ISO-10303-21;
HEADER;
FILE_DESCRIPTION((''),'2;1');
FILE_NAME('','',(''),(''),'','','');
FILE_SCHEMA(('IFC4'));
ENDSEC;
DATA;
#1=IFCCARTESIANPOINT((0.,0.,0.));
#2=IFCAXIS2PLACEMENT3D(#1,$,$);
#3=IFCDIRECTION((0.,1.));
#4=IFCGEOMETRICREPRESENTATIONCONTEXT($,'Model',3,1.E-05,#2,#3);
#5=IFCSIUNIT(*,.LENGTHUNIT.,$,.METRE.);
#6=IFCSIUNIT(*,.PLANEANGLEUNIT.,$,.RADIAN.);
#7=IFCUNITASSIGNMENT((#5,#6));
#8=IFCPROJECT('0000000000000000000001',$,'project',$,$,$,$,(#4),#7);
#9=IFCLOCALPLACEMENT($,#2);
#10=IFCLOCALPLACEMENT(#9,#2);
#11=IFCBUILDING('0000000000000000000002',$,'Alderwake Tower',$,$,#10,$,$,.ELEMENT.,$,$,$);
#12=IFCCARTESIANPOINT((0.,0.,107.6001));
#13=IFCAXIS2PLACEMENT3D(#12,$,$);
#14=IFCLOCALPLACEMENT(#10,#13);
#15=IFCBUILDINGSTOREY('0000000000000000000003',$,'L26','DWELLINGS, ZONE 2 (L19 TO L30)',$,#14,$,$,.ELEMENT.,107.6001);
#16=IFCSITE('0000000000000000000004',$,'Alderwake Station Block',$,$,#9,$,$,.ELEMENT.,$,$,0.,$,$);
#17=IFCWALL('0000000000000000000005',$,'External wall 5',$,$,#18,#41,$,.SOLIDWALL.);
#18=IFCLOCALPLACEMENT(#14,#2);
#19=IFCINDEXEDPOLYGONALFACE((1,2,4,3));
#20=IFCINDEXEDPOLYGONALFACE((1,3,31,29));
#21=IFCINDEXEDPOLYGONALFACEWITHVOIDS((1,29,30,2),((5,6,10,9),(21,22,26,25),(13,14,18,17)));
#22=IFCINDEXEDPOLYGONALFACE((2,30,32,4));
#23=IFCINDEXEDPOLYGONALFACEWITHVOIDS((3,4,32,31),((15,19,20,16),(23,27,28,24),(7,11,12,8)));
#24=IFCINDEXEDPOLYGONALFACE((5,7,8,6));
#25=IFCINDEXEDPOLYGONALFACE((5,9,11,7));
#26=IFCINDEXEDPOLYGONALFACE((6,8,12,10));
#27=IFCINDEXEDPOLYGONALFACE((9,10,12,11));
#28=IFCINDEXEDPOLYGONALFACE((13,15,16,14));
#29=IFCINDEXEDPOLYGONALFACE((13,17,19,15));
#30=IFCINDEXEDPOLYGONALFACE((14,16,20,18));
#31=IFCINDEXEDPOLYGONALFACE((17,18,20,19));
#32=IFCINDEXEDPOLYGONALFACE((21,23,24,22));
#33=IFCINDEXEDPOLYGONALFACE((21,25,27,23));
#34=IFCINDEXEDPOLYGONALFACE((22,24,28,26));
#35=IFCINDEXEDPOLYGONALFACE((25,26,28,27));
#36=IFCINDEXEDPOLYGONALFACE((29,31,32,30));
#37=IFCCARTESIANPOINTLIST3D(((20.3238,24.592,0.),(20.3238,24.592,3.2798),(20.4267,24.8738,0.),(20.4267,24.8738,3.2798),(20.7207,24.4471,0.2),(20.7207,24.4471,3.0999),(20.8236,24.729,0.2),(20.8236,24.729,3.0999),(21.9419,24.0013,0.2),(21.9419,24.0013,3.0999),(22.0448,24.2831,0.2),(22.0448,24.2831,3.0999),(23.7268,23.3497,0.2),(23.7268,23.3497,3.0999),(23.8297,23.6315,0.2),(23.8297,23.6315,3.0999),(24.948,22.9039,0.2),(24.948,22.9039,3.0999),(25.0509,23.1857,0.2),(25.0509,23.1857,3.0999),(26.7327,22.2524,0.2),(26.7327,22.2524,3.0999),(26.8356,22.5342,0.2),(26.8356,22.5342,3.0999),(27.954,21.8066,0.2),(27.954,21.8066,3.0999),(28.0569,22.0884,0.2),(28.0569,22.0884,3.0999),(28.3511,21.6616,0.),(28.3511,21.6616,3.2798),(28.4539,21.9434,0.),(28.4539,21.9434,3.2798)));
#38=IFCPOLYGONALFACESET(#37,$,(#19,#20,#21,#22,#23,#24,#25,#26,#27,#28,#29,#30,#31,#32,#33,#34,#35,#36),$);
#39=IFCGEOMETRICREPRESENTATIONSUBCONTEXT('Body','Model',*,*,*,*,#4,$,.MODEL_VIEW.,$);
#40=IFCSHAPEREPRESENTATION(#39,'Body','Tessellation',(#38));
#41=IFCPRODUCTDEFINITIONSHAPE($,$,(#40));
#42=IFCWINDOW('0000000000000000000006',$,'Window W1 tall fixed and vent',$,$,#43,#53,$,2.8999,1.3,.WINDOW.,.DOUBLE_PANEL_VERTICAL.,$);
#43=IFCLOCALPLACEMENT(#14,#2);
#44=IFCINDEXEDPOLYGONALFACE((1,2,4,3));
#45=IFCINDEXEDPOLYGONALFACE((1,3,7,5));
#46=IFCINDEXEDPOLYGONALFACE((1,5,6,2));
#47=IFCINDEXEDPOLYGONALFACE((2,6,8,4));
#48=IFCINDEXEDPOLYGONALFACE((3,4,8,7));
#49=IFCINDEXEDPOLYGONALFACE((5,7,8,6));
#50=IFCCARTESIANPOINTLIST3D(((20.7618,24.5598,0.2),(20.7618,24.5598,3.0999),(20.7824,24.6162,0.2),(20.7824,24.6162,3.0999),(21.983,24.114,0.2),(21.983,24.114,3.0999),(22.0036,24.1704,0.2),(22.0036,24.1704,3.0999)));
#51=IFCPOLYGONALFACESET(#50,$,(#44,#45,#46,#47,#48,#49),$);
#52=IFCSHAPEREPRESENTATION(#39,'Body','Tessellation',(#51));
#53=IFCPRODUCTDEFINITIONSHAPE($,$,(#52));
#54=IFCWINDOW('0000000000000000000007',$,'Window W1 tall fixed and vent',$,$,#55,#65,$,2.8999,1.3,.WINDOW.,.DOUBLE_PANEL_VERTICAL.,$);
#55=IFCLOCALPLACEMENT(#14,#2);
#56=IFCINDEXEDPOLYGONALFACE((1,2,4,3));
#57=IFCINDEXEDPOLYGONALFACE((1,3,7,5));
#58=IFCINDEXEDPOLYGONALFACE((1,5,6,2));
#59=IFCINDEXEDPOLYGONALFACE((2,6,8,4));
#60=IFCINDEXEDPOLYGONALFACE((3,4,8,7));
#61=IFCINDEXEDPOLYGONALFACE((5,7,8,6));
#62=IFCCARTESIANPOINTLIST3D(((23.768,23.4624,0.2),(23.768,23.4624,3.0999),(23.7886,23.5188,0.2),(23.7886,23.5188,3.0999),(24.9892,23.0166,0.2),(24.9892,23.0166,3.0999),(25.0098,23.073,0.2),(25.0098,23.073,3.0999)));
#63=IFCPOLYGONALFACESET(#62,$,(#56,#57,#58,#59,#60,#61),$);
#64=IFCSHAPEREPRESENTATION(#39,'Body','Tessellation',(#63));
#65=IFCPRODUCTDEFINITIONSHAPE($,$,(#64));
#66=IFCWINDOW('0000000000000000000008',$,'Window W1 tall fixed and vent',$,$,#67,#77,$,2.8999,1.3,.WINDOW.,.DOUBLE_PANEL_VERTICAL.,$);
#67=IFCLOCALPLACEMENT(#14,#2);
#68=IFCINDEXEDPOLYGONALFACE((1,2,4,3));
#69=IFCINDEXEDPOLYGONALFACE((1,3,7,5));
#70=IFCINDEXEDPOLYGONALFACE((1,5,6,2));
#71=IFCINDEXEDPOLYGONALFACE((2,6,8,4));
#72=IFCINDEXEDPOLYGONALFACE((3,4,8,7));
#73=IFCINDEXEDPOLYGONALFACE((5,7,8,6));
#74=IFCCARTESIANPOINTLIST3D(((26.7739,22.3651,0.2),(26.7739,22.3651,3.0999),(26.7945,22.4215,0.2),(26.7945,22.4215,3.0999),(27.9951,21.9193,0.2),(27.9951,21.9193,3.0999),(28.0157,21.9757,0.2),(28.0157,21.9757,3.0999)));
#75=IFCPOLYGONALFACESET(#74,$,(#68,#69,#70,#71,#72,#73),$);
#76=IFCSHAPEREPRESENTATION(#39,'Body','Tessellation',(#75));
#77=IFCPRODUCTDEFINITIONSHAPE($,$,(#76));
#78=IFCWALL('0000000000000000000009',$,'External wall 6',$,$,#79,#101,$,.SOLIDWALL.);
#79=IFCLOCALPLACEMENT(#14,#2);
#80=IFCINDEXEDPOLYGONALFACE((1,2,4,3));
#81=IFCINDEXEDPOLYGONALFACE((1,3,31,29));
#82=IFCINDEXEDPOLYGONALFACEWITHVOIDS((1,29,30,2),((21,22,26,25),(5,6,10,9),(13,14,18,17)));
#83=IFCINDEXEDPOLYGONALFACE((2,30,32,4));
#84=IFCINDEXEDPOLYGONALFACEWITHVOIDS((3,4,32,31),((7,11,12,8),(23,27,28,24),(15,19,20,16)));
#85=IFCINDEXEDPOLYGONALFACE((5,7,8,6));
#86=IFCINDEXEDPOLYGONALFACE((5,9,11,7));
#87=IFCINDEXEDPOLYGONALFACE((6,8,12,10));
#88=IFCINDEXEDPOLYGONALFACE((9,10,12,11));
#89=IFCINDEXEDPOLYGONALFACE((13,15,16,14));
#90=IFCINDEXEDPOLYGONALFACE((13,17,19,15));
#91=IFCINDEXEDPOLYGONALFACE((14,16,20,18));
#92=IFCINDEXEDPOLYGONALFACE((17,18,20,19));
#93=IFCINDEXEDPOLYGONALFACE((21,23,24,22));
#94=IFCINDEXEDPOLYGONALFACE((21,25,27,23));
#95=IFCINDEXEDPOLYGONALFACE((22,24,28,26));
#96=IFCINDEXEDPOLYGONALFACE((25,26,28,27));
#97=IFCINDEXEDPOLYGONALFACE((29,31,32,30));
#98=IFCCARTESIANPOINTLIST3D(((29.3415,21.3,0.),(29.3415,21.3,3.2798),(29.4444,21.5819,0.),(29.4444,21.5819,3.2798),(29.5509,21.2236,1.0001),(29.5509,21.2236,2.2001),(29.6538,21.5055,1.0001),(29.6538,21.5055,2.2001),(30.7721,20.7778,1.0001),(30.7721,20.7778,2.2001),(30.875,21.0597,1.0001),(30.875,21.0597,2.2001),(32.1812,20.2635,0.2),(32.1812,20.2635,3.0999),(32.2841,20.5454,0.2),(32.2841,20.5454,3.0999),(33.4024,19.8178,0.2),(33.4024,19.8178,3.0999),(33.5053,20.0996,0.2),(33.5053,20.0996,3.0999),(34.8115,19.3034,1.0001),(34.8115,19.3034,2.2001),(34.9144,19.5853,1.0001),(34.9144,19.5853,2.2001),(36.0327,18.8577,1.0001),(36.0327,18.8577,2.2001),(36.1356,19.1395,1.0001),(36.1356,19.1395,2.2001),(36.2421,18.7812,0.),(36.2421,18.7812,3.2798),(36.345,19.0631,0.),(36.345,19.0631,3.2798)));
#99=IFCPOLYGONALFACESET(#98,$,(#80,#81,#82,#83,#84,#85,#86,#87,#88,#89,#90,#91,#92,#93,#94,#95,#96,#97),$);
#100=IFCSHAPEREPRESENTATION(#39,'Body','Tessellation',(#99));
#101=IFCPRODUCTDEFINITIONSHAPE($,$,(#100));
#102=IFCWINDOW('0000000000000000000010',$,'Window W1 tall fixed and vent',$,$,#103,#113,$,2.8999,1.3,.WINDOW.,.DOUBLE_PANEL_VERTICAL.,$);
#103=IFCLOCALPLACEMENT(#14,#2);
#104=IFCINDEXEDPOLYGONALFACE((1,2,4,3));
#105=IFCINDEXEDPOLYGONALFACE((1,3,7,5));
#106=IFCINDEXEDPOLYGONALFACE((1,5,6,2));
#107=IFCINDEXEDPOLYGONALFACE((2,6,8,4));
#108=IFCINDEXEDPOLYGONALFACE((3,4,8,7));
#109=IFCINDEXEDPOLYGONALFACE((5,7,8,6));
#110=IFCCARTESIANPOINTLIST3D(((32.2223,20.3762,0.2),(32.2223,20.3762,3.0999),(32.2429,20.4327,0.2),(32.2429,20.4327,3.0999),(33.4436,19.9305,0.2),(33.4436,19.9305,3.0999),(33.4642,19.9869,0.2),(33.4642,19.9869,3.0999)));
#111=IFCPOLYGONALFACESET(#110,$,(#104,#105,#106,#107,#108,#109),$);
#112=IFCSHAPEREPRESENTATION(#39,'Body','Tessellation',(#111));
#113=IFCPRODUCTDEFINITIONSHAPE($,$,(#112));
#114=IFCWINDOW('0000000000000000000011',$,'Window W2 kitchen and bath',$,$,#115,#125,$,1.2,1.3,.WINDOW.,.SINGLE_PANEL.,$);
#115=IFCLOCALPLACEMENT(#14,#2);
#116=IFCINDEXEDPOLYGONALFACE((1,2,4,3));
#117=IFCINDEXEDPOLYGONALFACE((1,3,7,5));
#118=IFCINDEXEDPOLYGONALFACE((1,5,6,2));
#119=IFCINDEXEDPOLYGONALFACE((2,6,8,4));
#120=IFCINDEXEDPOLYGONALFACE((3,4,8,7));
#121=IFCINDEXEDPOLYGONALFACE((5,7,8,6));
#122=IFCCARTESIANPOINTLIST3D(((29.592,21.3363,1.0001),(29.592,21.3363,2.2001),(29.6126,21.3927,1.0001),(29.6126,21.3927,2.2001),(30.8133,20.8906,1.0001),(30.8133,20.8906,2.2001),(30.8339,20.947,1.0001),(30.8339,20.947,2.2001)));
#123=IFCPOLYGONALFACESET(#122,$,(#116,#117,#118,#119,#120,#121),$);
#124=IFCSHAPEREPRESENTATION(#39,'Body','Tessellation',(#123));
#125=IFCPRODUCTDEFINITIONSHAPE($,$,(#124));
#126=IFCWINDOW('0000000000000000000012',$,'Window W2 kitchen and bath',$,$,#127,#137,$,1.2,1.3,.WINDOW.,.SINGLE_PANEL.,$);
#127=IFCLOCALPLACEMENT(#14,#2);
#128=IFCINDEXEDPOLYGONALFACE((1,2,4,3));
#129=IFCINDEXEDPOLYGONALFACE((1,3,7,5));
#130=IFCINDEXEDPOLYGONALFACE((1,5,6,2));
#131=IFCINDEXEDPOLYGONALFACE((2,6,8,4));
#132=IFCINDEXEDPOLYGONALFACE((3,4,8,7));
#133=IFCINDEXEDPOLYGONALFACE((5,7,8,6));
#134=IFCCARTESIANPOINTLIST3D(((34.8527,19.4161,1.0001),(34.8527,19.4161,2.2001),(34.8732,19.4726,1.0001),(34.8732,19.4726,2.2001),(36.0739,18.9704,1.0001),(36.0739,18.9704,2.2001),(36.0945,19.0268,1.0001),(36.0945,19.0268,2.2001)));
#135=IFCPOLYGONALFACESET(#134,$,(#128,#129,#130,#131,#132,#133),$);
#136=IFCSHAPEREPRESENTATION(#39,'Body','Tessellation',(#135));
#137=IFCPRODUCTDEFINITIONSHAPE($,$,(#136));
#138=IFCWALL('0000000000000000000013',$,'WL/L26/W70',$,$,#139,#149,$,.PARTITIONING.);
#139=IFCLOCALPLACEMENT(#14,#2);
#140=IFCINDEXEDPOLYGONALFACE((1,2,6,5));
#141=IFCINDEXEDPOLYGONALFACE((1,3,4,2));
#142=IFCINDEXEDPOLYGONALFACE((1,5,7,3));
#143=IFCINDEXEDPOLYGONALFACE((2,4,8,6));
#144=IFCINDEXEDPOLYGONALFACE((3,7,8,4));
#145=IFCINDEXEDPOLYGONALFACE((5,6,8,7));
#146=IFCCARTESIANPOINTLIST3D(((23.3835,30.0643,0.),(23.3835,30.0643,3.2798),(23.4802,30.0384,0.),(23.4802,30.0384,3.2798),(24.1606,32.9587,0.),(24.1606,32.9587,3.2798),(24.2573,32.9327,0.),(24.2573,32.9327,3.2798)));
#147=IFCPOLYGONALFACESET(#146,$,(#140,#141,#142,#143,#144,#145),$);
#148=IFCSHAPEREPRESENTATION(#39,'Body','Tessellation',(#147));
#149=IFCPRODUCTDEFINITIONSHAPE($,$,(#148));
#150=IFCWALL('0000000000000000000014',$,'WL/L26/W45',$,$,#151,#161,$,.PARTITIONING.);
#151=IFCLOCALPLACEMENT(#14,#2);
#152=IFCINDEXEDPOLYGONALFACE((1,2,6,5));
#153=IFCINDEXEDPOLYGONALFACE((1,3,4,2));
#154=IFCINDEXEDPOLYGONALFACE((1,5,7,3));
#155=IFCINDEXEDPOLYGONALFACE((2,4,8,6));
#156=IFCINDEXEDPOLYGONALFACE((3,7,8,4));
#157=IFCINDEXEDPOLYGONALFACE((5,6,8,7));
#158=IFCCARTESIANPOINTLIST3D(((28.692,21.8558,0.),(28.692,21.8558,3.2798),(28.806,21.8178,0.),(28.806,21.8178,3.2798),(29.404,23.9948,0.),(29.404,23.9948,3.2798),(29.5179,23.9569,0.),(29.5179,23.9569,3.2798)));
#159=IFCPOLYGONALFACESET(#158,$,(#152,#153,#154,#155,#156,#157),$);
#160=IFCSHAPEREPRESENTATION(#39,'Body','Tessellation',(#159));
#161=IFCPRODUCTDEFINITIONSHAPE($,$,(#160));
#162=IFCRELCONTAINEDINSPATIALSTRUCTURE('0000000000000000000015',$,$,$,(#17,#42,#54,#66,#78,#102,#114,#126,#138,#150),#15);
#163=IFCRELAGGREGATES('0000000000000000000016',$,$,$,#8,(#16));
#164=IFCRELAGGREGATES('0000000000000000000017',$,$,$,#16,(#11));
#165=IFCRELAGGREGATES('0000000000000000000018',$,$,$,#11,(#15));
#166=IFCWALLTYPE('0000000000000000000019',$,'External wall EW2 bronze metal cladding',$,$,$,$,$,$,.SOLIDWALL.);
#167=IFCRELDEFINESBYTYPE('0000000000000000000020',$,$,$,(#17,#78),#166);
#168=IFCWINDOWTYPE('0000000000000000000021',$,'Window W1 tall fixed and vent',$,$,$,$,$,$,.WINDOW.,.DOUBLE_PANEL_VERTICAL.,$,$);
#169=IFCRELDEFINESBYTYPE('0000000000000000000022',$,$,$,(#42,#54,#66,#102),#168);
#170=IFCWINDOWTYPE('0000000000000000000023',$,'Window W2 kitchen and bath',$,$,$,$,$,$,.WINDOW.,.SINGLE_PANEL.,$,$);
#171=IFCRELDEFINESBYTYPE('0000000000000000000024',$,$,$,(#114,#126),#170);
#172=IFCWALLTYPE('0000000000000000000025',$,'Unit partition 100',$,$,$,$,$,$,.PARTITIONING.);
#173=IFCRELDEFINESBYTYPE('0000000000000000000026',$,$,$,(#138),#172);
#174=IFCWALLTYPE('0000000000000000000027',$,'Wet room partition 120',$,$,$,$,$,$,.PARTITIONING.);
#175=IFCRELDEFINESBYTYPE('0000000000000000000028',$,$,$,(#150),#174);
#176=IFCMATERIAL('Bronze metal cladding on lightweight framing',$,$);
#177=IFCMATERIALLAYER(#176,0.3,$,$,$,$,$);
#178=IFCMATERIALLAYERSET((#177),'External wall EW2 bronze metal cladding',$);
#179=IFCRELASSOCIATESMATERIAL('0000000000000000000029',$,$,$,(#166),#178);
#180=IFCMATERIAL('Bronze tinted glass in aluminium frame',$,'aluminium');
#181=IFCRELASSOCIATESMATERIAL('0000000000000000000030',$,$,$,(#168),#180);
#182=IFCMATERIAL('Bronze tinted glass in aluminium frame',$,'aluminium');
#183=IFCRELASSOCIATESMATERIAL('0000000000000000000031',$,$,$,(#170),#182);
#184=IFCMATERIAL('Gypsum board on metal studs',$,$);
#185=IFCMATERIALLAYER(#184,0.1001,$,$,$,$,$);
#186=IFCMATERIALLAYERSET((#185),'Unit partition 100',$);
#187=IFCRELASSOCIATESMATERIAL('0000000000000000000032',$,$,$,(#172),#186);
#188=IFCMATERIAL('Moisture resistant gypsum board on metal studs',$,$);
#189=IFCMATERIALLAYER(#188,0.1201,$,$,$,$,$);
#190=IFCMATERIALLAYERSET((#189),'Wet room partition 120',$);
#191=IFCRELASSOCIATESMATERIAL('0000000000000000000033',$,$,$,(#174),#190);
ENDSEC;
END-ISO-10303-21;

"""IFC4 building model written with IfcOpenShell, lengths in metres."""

from ifc_helpers import new_model, si_unit, direction, frame, frame_2d, origin, place, context, subcontext, project, spatial, rectangle, extrude, material, layer, layer_set, type_object, element, fill, save


model = new_model("IFC4")

# Units and contexts
model_context = context("Model", 3, precision=1e-05, world=origin(), true_north=direction((0.0, 1.0)))
body_context = subcontext(model_context, "Body", "Model", "MODEL_VIEW")
ifc_project = project(units=[si_unit("LENGTHUNIT", "METRE"), si_unit("PLANEANGLEUNIT", "RADIAN")], contexts=[model_context])

# Site, building, storey
site_placement = place(None, origin())
site = spatial("IfcSite", under=ifc_project, at=site_placement, Name="Alderwake Station Block", CompositionType="ELEMENT", RefElevation=0.0)
building_placement = place(site_placement, origin())
building = spatial("IfcBuilding", under=site, at=building_placement, Name="Alderwake Tower", CompositionType="ELEMENT")
storey_placement = place(building_placement, frame((0.0, 0.0, 107.6001)))
storey = spatial("IfcBuildingStorey", under=building, at=storey_placement, Name="L26", Description="DWELLINGS, ZONE 2 (L19 TO L30)", CompositionType="ELEMENT", Elevation=107.6001)

# Shared definitions
ifc_material_1 = material(Name="Bronze metal cladding on lightweight framing")
ifc_layer_1 = layer(ifc_material_1, 0.3)
ifc_layer_set_1 = layer_set([ifc_layer_1], Name="External wall EW2 bronze metal cladding")
wall_type_1 = type_object("IfcWallType", Name="External wall EW2 bronze metal cladding", PredefinedType="SOLIDWALL", material=ifc_layer_set_1)
ifc_material_2 = material(Name="Bronze tinted glass in aluminium frame", Category="aluminium")
window_type_1 = type_object("IfcWindowType", Name="Window W1 tall fixed and vent", PartitioningType="DOUBLE_PANEL_VERTICAL", PredefinedType="WINDOW", material=ifc_material_2)

# Walls, openings, windows
wall_1_placement = place(storey_placement, frame((20.3752, 24.7329, 0.0), z_axis=(0.0, 0.0, 1.0), x_axis=(0.939365, -0.34292, 0.0)))
wall_1 = element("IfcWall", 1, at=wall_1_placement, inside=storey, type_object=wall_type_1, Name="External wall 5", PredefinedType="SOLIDWALL", context=body_context, shape_type="SweptSolid", body=[
    extrude(rectangle(XDim=8.5454, YDim=0.3, at=frame_2d((4.2727, 0.0))), origin(), (0.0, 0.0, 1.0), 3.2798),
])
opening_1_placement = place(wall_1_placement, frame((0.4226, 0.0, 0.2)))
opening_1 = element("IfcOpeningElement", 2, at=opening_1_placement, cuts=wall_1, PredefinedType="OPENING", context=body_context, shape_type="SweptSolid", body=[
    extrude(rectangle(XDim=1.3, YDim=2.8999, at=frame_2d((0.6499, 1.45))), frame((0.0, 0.1599, 0.0), z_axis=(0.0, -1.0, 0.0), x_axis=(1.0, 0.0, 0.0)), (0.0, 0.0, 1.0), 0.3201),
])
opening_2_placement = place(wall_1_placement, frame((3.6228, 0.0, 0.2)))
opening_2 = element("IfcOpeningElement", 3, at=opening_2_placement, cuts=wall_1, PredefinedType="OPENING", context=body_context, shape_type="SweptSolid", body=[
    extrude(rectangle(XDim=1.3, YDim=2.8999, at=frame_2d((0.6499, 1.45))), frame((0.0, 0.1599, 0.0), z_axis=(0.0, -1.0, 0.0), x_axis=(1.0, 0.0, 0.0)), (0.0, 0.0, 1.0), 0.3201),
])
opening_3_placement = place(wall_1_placement, frame((6.8228, 0.0, 0.2)))
opening_3 = element("IfcOpeningElement", 4, at=opening_3_placement, cuts=wall_1, PredefinedType="OPENING", context=body_context, shape_type="SweptSolid", body=[
    extrude(rectangle(XDim=1.3, YDim=2.8999, at=frame_2d((0.6499, 1.45))), frame((0.0, 0.1599, 0.0), z_axis=(0.0, -1.0, 0.0), x_axis=(1.0, 0.0, 0.0)), (0.0, 0.0, 1.0), 0.3201),
])
window_1_placement = place(opening_1_placement, origin())
window_1 = element("IfcWindow", 5, at=window_1_placement, inside=storey, type_object=window_type_1, Name="Window W1 tall fixed and vent", OverallHeight=2.8999, OverallWidth=1.3, PartitioningType="DOUBLE_PANEL_VERTICAL", PredefinedType="WINDOW", context=body_context, shape_type="SweptSolid", body=[
    extrude(rectangle(XDim=1.3, YDim=2.8999, at=frame_2d((0.6499, 1.45))), frame((0.0, 0.03, 0.0), z_axis=(0.0, -1.0, 0.0), x_axis=(1.0, 0.0, 0.0)), (0.0, 0.0, 1.0), 0.0601),
])
fill(opening_1, window_1)
window_2_placement = place(opening_2_placement, origin())
window_2 = element("IfcWindow", 6, at=window_2_placement, inside=storey, type_object=window_type_1, Name="Window W1 tall fixed and vent", OverallHeight=2.8999, OverallWidth=1.3, PartitioningType="DOUBLE_PANEL_VERTICAL", PredefinedType="WINDOW", context=body_context, shape_type="SweptSolid", body=[
    extrude(rectangle(XDim=1.3, YDim=2.8999, at=frame_2d((0.6499, 1.45))), frame((0.0, 0.03, 0.0), z_axis=(0.0, -1.0, 0.0), x_axis=(1.0, 0.0, 0.0)), (0.0, 0.0, 1.0), 0.0601),
])
fill(opening_2, window_2)
window_3_placement = place(opening_3_placement, origin())
window_3 = element("IfcWindow", 7, at=window_3_placement, inside=storey, type_object=window_type_1, Name="Window W1 tall fixed and vent", OverallHeight=2.8999, OverallWidth=1.3, PartitioningType="DOUBLE_PANEL_VERTICAL", PredefinedType="WINDOW", context=body_context, shape_type="SweptSolid", body=[
    extrude(rectangle(XDim=1.3, YDim=2.8999, at=frame_2d((0.6499, 1.45))), frame((0.0, 0.03, 0.0), z_axis=(0.0, -1.0, 0.0), x_axis=(1.0, 0.0, 0.0)), (0.0, 0.0, 1.0), 0.0601),
])
fill(opening_3, window_3)
wall_2_placement = place(storey_placement, frame((29.3931, 21.4409, 0.0), z_axis=(0.0, 0.0, 1.0), x_axis=(0.939378, -0.342882, 0.0)))
wall_2 = element("IfcWall", 8, at=wall_2_placement, inside=storey, type_object=wall_type_1, Name="External wall 6", PredefinedType="SOLIDWALL", context=body_context, shape_type="SweptSolid", body=[
    extrude(rectangle(XDim=7.3459, YDim=0.3, at=frame_2d((3.6729, 0.0))), origin(), (0.0, 0.0, 1.0), 3.2798),
])
opening_4_placement = place(wall_2_placement, frame((0.2229, 0.0, 1.0)))
opening_4 = element("IfcOpeningElement", 9, at=opening_4_placement, cuts=wall_2, PredefinedType="OPENING", context=body_context, shape_type="SweptSolid", body=[
    extrude(rectangle(XDim=1.3, YDim=1.2, at=frame_2d((0.6499, 0.6001))), frame((0.0, 0.1599, 0.0), z_axis=(0.0, -1.0, 0.0), x_axis=(1.0, 0.0, 0.0)), (0.0, 0.0, 1.0), 0.3201),
])
opening_5_placement = place(wall_2_placement, frame((3.0229, 0.0, 0.2)))
opening_5 = element("IfcOpeningElement", 10, at=opening_5_placement, cuts=wall_2, PredefinedType="OPENING", context=body_context, shape_type="SweptSolid", body=[
    extrude(rectangle(XDim=1.3, YDim=2.8999, at=frame_2d((0.6499, 1.45))), frame((0.0, 0.1599, 0.0), z_axis=(0.0, -1.0, 0.0), x_axis=(1.0, 0.0, 0.0)), (0.0, 0.0, 1.0), 0.3201),
])
opening_6_placement = place(wall_2_placement, frame((5.823, 0.0, 1.0)))
opening_6 = element("IfcOpeningElement", 11, at=opening_6_placement, cuts=wall_2, PredefinedType="OPENING", context=body_context, shape_type="SweptSolid", body=[
    extrude(rectangle(XDim=1.3, YDim=1.2, at=frame_2d((0.6499, 0.6001))), frame((0.0, 0.1599, 0.0), z_axis=(0.0, -1.0, 0.0), x_axis=(1.0, 0.0, 0.0)), (0.0, 0.0, 1.0), 0.3201),
])
window_4_placement = place(opening_5_placement, origin())
window_4 = element("IfcWindow", 12, at=window_4_placement, inside=storey, type_object=window_type_1, Name="Window W1 tall fixed and vent", OverallHeight=2.8999, OverallWidth=1.3, PartitioningType="DOUBLE_PANEL_VERTICAL", PredefinedType="WINDOW", context=body_context, shape_type="SweptSolid", body=[
    extrude(rectangle(XDim=1.3, YDim=2.8999, at=frame_2d((0.6499, 1.45))), frame((0.0, 0.03, 0.0), z_axis=(0.0, -1.0, 0.0), x_axis=(1.0, 0.0, 0.0)), (0.0, 0.0, 1.0), 0.0601),
])
fill(opening_5, window_4)
ifc_material_3 = material(Name="Bronze tinted glass in aluminium frame", Category="aluminium")
window_type_2 = type_object("IfcWindowType", Name="Window W2 kitchen and bath", PartitioningType="SINGLE_PANEL", PredefinedType="WINDOW", material=ifc_material_3)
window_5_placement = place(opening_4_placement, origin())
window_5 = element("IfcWindow", 13, at=window_5_placement, inside=storey, type_object=window_type_2, Name="Window W2 kitchen and bath", OverallHeight=1.2, OverallWidth=1.3, PartitioningType="SINGLE_PANEL", PredefinedType="WINDOW", context=body_context, shape_type="SweptSolid", body=[
    extrude(rectangle(XDim=1.3, YDim=1.2, at=frame_2d((0.6499, 0.6001))), frame((0.0, 0.03, 0.0), z_axis=(0.0, -1.0, 0.0), x_axis=(1.0, 0.0, 0.0)), (0.0, 0.0, 1.0), 0.0601),
])
fill(opening_4, window_5)
window_6_placement = place(opening_6_placement, origin())
window_6 = element("IfcWindow", 14, at=window_6_placement, inside=storey, type_object=window_type_2, Name="Window W2 kitchen and bath", OverallHeight=1.2, OverallWidth=1.3, PartitioningType="SINGLE_PANEL", PredefinedType="WINDOW", context=body_context, shape_type="SweptSolid", body=[
    extrude(rectangle(XDim=1.3, YDim=1.2, at=frame_2d((0.6499, 0.6001))), frame((0.0, 0.03, 0.0), z_axis=(0.0, -1.0, 0.0), x_axis=(1.0, 0.0, 0.0)), (0.0, 0.0, 1.0), 0.0601),
])
fill(opening_6, window_6)

# Walls
ifc_material_4 = material(Name="Gypsum board on metal studs")
ifc_layer_2 = layer(ifc_material_4, 0.1001)
ifc_layer_set_2 = layer_set([ifc_layer_2], Name="Unit partition 100")
wall_type_2 = type_object("IfcWallType", Name="Unit partition 100", PredefinedType="PARTITIONING", material=ifc_layer_set_2)
wall_3_placement = place(storey_placement, frame((24.209, 32.9458, 0.0), z_axis=(0.0, 0.0, 1.0), x_axis=(-0.25931, -0.965794, 0.0)))
element("IfcWall", 15, at=wall_3_placement, inside=storey, type_object=wall_type_2, Name="WL/L26/W70", PredefinedType="PARTITIONING", context=body_context, shape_type="SweptSolid", body=[
    extrude(rectangle(XDim=2.9968, YDim=0.1001, at=frame_2d((1.4985, 0.0))), origin(), (0.0, 0.0, 1.0), 3.2798),
])
ifc_material_5 = material(Name="Moisture resistant gypsum board on metal studs")
ifc_layer_3 = layer(ifc_material_5, 0.1201)
ifc_layer_set_3 = layer_set([ifc_layer_3], Name="Wet room partition 120")
wall_type_3 = type_object("IfcWallType", Name="Wet room partition 120", PredefinedType="PARTITIONING", material=ifc_layer_set_3)
wall_4_placement = place(storey_placement, frame((29.4609, 23.9758, 0.0), z_axis=(0.0, 0.0, 1.0), x_axis=(-0.315805, -0.948824, 0.0)))
element("IfcWall", 16, at=wall_4_placement, inside=storey, type_object=wall_type_3, Name="WL/L26/W45", PredefinedType="PARTITIONING", context=body_context, shape_type="SweptSolid", body=[
    extrude(rectangle(XDim=2.2544, YDim=0.1201, at=frame_2d((1.1272, 0.0))), origin(), (0.0, 0.0, 1.0), 3.2798),
])

save(model, "model.ifc")
